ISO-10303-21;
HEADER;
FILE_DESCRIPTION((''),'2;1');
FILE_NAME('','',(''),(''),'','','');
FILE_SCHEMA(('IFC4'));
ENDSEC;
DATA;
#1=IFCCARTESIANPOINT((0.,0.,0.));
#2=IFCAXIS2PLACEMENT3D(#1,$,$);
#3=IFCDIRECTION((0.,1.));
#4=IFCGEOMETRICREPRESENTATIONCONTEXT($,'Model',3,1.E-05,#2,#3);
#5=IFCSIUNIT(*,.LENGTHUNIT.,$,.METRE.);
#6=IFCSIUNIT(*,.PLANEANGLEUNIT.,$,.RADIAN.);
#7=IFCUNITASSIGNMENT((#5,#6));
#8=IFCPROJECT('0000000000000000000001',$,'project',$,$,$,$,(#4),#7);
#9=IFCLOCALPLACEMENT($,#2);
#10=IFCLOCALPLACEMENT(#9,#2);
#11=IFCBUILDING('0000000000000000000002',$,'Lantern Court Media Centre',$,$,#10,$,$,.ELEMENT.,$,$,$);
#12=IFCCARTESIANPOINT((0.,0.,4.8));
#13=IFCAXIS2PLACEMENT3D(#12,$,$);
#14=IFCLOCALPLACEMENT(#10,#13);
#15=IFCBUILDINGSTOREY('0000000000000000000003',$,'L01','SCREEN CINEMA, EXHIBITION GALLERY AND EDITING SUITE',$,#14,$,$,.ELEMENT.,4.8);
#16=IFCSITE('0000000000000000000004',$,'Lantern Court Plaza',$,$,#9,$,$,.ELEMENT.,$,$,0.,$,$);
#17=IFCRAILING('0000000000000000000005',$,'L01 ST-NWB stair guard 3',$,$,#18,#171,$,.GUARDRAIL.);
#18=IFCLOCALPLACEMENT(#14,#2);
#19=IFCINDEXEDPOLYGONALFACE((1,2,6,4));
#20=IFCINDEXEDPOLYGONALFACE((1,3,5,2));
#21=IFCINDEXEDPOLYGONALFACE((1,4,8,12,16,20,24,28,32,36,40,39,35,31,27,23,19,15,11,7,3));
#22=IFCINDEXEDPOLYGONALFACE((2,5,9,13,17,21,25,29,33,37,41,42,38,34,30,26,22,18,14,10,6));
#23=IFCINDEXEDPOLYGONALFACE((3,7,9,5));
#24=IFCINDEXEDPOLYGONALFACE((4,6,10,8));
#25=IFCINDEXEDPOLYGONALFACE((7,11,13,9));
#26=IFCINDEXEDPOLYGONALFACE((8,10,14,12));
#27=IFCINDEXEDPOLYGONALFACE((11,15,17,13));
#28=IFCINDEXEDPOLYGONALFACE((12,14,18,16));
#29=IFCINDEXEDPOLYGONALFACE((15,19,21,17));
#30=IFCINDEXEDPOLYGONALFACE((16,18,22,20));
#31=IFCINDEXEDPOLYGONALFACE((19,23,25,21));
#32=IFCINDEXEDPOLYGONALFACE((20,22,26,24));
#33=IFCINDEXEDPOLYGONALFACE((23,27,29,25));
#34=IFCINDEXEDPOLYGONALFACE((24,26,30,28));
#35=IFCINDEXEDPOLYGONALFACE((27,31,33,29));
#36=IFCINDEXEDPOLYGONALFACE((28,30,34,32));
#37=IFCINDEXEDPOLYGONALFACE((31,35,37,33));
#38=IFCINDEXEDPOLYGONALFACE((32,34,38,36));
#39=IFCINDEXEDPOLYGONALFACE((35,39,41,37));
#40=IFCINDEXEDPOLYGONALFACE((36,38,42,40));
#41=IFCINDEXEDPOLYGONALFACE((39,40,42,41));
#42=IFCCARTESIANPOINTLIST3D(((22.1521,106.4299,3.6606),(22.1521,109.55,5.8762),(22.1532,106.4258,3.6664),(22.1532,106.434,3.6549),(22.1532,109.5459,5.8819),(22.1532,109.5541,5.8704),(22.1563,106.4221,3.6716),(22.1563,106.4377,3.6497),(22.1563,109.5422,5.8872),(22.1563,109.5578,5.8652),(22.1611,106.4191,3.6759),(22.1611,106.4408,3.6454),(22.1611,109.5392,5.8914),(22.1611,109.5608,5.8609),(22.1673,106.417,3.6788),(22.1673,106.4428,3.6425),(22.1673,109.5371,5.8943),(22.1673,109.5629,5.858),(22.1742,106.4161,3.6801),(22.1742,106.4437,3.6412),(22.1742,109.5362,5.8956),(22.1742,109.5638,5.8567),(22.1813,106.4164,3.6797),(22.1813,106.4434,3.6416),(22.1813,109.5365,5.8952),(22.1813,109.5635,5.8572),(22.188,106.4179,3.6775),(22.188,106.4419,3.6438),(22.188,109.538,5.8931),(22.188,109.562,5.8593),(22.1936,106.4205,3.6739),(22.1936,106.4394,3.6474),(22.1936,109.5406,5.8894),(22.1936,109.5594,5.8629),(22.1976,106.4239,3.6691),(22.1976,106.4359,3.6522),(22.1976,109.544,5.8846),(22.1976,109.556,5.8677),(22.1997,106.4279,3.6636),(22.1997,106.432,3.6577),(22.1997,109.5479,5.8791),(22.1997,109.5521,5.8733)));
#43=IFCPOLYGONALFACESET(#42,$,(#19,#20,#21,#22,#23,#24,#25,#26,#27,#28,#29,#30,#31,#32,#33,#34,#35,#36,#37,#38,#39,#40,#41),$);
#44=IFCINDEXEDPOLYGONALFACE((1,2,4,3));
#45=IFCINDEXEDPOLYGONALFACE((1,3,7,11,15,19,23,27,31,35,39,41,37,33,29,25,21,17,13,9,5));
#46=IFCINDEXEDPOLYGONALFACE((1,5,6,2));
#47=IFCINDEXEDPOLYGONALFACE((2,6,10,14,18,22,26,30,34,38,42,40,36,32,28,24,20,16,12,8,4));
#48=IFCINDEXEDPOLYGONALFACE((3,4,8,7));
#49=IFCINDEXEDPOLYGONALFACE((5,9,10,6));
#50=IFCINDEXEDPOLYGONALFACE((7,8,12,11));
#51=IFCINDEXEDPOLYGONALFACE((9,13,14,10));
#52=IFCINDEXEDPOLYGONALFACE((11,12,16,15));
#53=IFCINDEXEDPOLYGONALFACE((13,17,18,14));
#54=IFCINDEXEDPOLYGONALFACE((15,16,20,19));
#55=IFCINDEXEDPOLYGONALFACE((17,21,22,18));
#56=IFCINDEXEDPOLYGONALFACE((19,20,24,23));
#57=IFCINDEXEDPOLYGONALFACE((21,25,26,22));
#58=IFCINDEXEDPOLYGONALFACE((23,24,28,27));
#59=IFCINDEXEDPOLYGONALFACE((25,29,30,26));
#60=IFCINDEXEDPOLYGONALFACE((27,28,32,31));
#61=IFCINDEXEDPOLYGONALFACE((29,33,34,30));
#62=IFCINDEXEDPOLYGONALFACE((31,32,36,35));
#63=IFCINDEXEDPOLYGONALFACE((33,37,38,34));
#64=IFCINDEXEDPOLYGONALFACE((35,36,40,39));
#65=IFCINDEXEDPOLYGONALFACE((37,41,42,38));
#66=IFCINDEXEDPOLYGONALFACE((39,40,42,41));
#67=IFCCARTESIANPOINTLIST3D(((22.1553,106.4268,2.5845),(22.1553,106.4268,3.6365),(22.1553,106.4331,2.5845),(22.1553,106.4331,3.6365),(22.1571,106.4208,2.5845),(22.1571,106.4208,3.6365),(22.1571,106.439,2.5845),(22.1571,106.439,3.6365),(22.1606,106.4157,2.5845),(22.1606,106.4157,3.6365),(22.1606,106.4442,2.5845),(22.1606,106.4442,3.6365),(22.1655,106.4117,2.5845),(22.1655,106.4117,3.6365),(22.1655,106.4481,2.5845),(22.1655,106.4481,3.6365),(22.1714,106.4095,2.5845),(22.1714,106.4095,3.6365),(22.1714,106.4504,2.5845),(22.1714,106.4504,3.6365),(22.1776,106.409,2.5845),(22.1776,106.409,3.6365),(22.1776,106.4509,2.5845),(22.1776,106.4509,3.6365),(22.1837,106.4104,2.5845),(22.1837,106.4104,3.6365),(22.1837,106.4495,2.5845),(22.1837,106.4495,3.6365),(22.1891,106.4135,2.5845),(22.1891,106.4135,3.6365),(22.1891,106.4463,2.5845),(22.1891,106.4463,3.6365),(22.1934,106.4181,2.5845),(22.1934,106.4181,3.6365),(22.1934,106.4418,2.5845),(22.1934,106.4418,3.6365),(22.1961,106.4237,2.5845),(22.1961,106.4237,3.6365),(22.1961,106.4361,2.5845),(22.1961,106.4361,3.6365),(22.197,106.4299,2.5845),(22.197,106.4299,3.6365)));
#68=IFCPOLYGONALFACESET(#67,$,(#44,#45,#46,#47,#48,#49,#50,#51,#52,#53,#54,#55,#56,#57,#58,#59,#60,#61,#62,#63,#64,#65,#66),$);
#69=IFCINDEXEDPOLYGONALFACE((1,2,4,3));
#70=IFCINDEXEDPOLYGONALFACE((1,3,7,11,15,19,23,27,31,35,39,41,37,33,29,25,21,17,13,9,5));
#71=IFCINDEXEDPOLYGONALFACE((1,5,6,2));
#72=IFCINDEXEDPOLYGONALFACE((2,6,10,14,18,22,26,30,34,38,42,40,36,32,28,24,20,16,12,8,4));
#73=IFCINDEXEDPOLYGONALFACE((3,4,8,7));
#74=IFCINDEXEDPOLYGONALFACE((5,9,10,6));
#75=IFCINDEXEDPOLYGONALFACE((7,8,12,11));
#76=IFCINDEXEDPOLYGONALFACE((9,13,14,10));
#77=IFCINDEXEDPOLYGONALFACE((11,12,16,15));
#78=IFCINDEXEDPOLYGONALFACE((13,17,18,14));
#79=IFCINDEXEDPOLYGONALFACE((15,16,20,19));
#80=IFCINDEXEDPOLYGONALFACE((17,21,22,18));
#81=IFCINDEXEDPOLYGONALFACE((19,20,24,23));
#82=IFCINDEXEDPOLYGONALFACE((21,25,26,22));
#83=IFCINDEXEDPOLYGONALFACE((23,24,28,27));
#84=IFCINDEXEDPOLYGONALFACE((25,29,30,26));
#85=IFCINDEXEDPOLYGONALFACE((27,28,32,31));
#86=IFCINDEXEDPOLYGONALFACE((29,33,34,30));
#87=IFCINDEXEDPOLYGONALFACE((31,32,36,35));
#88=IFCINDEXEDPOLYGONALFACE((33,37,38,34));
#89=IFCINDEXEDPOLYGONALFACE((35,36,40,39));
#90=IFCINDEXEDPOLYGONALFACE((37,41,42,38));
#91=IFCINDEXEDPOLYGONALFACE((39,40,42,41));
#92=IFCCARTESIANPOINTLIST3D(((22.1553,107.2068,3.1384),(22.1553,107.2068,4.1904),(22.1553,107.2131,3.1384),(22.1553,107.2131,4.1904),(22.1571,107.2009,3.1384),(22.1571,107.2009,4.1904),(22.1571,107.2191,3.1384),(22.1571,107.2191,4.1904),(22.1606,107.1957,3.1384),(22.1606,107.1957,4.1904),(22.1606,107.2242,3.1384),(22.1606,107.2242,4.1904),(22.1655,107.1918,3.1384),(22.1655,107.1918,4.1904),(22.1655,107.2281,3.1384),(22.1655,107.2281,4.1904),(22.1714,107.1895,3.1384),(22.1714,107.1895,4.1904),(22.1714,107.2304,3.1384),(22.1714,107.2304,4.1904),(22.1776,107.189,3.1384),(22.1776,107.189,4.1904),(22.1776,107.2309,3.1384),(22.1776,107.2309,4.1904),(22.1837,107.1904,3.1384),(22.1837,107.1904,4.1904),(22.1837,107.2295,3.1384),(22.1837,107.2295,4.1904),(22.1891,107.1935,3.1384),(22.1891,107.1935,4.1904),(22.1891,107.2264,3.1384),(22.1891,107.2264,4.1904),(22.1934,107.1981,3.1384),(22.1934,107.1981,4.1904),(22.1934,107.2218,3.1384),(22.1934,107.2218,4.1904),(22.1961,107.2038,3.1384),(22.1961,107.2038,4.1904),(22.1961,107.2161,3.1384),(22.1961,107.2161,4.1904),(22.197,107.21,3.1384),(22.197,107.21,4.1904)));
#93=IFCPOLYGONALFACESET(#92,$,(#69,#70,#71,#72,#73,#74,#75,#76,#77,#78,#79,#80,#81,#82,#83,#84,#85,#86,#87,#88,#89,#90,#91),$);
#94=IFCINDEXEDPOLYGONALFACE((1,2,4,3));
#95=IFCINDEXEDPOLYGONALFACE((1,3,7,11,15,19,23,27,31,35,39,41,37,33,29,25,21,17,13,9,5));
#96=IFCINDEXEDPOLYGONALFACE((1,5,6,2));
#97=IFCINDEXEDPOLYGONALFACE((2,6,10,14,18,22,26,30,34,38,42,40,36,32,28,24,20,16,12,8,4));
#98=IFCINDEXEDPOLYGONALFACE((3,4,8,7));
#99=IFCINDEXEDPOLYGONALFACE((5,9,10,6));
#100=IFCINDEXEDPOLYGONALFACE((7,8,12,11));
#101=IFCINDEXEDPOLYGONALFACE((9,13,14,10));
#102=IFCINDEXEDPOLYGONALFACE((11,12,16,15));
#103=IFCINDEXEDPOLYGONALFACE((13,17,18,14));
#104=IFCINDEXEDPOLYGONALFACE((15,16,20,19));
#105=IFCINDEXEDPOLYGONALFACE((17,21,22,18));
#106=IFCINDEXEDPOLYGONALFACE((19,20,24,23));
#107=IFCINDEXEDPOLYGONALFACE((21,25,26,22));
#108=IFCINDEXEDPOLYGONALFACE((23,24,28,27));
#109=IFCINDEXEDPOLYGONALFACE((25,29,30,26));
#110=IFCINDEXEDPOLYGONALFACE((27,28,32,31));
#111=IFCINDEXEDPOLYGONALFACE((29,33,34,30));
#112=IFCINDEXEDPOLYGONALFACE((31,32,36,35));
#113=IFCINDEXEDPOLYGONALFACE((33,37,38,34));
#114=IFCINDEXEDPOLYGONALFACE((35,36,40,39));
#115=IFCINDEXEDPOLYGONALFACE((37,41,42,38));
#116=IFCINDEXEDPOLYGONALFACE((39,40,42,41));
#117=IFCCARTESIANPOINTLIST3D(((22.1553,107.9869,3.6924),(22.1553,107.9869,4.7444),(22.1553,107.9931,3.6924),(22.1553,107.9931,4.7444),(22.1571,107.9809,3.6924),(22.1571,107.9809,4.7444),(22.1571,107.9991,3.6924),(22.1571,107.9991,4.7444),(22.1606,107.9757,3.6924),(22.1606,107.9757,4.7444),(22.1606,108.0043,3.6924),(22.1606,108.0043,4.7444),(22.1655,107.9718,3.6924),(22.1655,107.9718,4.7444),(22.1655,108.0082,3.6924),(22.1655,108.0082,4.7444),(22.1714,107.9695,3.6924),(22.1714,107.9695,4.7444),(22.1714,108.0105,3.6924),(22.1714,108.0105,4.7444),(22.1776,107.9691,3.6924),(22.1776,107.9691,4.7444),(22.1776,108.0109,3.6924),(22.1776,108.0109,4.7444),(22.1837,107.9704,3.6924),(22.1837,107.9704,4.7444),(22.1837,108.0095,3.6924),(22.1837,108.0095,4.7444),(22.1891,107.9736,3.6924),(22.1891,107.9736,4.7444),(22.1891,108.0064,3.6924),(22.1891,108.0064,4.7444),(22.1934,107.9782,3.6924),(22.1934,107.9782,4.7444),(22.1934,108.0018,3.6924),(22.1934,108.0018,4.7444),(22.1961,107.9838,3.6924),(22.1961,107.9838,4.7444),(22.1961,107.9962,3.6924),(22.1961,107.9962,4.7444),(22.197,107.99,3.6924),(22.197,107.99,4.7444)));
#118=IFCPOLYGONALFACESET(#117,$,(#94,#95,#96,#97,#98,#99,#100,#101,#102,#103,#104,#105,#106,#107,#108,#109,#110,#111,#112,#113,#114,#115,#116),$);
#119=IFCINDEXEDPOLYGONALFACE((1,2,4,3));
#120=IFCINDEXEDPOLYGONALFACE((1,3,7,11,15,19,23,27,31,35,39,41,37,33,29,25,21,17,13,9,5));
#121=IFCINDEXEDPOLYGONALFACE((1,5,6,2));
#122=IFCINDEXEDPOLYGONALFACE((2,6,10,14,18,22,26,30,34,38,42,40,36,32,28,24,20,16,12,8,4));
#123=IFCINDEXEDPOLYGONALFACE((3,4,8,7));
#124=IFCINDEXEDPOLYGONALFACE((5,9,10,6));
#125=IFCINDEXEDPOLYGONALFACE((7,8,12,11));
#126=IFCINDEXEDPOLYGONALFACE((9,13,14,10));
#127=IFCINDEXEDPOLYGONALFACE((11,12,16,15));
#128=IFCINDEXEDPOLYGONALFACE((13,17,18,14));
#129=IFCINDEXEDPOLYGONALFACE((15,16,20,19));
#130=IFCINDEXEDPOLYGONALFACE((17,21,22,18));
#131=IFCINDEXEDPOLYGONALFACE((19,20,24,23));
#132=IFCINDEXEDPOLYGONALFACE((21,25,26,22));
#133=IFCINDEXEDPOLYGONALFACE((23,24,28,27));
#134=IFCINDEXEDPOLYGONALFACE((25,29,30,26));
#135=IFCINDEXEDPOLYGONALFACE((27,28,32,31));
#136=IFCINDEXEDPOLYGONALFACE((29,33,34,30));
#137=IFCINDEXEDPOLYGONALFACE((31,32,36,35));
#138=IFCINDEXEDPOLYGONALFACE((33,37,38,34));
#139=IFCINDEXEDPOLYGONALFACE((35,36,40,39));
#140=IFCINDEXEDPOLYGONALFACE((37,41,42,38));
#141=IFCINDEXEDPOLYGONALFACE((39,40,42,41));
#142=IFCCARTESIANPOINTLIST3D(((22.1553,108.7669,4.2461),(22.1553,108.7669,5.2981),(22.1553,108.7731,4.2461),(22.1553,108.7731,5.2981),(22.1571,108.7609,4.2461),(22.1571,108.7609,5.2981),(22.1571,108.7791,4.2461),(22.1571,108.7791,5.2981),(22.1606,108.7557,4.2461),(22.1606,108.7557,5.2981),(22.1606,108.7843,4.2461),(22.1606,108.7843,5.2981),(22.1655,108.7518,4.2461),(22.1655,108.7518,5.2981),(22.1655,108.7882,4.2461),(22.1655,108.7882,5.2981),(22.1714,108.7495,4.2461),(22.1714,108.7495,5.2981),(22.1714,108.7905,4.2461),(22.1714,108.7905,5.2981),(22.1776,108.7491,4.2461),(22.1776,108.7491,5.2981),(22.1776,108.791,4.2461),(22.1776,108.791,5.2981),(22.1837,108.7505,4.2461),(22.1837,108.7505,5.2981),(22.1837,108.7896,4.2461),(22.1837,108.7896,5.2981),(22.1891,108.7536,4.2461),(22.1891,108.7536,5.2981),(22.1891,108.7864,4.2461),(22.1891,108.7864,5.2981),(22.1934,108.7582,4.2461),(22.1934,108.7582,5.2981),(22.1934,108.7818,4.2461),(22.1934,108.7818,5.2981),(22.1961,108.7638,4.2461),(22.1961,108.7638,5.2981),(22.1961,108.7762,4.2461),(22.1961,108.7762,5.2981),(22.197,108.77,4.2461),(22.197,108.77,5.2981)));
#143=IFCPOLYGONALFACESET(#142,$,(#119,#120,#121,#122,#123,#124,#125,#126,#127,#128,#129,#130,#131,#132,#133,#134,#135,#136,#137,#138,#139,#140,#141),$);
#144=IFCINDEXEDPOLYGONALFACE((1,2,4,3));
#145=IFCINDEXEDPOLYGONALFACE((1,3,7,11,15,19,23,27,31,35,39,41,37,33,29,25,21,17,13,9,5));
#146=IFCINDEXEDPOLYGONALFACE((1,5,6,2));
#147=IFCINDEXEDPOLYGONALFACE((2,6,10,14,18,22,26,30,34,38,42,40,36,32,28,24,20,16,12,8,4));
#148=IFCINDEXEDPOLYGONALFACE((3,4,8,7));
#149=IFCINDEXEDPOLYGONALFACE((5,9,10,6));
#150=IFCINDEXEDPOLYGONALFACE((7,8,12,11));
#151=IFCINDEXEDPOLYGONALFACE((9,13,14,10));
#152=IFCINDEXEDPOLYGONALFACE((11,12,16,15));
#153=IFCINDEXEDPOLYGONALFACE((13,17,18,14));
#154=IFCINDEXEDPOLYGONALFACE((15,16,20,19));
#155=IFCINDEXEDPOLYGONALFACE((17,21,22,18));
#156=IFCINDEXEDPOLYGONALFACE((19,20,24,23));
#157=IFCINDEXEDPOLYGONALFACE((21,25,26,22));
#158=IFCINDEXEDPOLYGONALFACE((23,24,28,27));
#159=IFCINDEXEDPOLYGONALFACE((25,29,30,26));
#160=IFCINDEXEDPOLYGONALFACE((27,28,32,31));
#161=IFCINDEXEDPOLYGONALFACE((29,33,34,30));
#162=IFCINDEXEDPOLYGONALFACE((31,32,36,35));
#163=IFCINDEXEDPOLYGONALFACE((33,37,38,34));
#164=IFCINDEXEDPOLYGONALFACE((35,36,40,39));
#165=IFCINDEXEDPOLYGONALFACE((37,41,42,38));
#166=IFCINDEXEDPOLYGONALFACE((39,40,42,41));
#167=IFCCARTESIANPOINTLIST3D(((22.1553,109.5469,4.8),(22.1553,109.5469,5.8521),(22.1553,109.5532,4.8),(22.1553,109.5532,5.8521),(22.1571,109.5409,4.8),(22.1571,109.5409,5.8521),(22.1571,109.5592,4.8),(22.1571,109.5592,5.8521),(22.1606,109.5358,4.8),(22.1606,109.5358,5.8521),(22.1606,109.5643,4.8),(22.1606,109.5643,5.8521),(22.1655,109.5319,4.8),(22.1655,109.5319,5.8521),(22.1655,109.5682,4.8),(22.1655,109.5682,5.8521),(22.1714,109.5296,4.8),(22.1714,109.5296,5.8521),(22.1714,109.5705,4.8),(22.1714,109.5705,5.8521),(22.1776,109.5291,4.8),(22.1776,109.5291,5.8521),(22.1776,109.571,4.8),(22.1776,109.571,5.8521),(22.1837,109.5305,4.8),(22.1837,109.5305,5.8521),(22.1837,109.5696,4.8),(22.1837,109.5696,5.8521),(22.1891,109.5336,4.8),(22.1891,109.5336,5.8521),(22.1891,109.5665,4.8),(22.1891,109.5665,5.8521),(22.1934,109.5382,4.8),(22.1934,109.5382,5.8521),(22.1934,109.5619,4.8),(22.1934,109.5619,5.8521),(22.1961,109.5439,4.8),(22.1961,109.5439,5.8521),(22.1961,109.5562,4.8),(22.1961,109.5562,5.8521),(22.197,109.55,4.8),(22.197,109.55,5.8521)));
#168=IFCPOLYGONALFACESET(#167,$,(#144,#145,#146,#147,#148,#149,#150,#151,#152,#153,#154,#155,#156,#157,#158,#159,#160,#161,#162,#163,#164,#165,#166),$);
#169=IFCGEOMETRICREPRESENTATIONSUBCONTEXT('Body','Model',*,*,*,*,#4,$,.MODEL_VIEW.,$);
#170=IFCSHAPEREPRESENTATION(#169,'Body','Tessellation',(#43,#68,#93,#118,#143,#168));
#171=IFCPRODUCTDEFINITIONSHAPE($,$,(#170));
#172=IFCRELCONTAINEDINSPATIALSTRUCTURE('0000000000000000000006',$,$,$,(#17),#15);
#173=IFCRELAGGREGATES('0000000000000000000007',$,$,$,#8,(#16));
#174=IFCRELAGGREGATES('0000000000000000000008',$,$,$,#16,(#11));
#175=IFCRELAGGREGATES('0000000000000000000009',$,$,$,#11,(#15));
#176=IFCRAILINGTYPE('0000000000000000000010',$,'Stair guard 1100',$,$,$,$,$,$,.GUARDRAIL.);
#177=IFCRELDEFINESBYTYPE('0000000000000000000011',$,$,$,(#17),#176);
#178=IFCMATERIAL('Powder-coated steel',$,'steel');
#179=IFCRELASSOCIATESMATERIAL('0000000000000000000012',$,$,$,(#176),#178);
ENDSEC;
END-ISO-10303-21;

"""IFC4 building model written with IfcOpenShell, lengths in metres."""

from ifc_helpers import new_model, si_unit, direction, frame, origin, origin_2d, place, context, subcontext, project, spatial, circle, extrude, material, type_object, element, save


model = new_model("IFC4")

# Units and contexts
model_context = context("Model", 3, precision=1e-05, world=origin(), true_north=direction((0.0, 1.0)))
body_context = subcontext(model_context, "Body", "Model", "MODEL_VIEW")
ifc_project = project(units=[si_unit("LENGTHUNIT", "METRE"), si_unit("PLANEANGLEUNIT", "RADIAN")], contexts=[model_context])

# Site, building, storey
site_placement = place(None, origin())
site = spatial("IfcSite", under=ifc_project, at=site_placement, Name="Lantern Court Plaza", CompositionType="ELEMENT", RefElevation=0.0)
building_placement = place(site_placement, origin())
building = spatial("IfcBuilding", under=site, at=building_placement, Name="Lantern Court Media Centre", CompositionType="ELEMENT")
storey_placement = place(building_placement, frame((0.0, 0.0, 4.8)))
storey = spatial("IfcBuildingStorey", under=building, at=storey_placement, Name="L01", Description="SCREEN CINEMA, EXHIBITION GALLERY AND EDITING SUITE", CompositionType="ELEMENT", Elevation=4.8)

# Shared definitions
ifc_material_1 = material(Name="Powder-coated steel", Category="steel")

# Railing
railing_type_1 = type_object("IfcRailingType", Name="Stair guard 1100", PredefinedType="GUARDRAIL", material=ifc_material_1)
railing_1_placement = place(storey_placement, frame((22.176, 106.4299, 2.5845)))
element("IfcRailing", 1, at=railing_1_placement, inside=storey, type_object=railing_type_1, Name="L01 ST-NWB stair guard 3", PredefinedType="GUARDRAIL", context=body_context, shape_type="SweptSolid", body=[
    extrude(circle(Radius=0.0239, at=origin_2d()), frame((0.0, 0.0, 1.0762), z_axis=(0.0, 0.815347, 0.578973), x_axis=(-1.0, 0.0, 0.0)), (0.0, 0.0, 1.0), 3.8267),
    extrude(circle(Radius=0.021, at=origin_2d()), origin(), (0.0, 0.0, 1.0), 1.052),
    extrude(circle(Radius=0.021, at=origin_2d()), frame((0.0, 0.78, 0.554)), (0.0, 0.0, 1.0), 1.052),
    extrude(circle(Radius=0.021, at=origin_2d()), frame((0.0, 1.5601, 1.1079)), (0.0, 0.0, 1.0), 1.052),
    extrude(circle(Radius=0.021, at=origin_2d()), frame((0.0, 2.3401, 1.6616)), (0.0, 0.0, 1.0), 1.052),
    extrude(circle(Radius=0.021, at=origin_2d()), frame((0.0, 3.1201, 2.2156)), (0.0, 0.0, 1.0), 1.052),
])

save(model, "model.ifc")
